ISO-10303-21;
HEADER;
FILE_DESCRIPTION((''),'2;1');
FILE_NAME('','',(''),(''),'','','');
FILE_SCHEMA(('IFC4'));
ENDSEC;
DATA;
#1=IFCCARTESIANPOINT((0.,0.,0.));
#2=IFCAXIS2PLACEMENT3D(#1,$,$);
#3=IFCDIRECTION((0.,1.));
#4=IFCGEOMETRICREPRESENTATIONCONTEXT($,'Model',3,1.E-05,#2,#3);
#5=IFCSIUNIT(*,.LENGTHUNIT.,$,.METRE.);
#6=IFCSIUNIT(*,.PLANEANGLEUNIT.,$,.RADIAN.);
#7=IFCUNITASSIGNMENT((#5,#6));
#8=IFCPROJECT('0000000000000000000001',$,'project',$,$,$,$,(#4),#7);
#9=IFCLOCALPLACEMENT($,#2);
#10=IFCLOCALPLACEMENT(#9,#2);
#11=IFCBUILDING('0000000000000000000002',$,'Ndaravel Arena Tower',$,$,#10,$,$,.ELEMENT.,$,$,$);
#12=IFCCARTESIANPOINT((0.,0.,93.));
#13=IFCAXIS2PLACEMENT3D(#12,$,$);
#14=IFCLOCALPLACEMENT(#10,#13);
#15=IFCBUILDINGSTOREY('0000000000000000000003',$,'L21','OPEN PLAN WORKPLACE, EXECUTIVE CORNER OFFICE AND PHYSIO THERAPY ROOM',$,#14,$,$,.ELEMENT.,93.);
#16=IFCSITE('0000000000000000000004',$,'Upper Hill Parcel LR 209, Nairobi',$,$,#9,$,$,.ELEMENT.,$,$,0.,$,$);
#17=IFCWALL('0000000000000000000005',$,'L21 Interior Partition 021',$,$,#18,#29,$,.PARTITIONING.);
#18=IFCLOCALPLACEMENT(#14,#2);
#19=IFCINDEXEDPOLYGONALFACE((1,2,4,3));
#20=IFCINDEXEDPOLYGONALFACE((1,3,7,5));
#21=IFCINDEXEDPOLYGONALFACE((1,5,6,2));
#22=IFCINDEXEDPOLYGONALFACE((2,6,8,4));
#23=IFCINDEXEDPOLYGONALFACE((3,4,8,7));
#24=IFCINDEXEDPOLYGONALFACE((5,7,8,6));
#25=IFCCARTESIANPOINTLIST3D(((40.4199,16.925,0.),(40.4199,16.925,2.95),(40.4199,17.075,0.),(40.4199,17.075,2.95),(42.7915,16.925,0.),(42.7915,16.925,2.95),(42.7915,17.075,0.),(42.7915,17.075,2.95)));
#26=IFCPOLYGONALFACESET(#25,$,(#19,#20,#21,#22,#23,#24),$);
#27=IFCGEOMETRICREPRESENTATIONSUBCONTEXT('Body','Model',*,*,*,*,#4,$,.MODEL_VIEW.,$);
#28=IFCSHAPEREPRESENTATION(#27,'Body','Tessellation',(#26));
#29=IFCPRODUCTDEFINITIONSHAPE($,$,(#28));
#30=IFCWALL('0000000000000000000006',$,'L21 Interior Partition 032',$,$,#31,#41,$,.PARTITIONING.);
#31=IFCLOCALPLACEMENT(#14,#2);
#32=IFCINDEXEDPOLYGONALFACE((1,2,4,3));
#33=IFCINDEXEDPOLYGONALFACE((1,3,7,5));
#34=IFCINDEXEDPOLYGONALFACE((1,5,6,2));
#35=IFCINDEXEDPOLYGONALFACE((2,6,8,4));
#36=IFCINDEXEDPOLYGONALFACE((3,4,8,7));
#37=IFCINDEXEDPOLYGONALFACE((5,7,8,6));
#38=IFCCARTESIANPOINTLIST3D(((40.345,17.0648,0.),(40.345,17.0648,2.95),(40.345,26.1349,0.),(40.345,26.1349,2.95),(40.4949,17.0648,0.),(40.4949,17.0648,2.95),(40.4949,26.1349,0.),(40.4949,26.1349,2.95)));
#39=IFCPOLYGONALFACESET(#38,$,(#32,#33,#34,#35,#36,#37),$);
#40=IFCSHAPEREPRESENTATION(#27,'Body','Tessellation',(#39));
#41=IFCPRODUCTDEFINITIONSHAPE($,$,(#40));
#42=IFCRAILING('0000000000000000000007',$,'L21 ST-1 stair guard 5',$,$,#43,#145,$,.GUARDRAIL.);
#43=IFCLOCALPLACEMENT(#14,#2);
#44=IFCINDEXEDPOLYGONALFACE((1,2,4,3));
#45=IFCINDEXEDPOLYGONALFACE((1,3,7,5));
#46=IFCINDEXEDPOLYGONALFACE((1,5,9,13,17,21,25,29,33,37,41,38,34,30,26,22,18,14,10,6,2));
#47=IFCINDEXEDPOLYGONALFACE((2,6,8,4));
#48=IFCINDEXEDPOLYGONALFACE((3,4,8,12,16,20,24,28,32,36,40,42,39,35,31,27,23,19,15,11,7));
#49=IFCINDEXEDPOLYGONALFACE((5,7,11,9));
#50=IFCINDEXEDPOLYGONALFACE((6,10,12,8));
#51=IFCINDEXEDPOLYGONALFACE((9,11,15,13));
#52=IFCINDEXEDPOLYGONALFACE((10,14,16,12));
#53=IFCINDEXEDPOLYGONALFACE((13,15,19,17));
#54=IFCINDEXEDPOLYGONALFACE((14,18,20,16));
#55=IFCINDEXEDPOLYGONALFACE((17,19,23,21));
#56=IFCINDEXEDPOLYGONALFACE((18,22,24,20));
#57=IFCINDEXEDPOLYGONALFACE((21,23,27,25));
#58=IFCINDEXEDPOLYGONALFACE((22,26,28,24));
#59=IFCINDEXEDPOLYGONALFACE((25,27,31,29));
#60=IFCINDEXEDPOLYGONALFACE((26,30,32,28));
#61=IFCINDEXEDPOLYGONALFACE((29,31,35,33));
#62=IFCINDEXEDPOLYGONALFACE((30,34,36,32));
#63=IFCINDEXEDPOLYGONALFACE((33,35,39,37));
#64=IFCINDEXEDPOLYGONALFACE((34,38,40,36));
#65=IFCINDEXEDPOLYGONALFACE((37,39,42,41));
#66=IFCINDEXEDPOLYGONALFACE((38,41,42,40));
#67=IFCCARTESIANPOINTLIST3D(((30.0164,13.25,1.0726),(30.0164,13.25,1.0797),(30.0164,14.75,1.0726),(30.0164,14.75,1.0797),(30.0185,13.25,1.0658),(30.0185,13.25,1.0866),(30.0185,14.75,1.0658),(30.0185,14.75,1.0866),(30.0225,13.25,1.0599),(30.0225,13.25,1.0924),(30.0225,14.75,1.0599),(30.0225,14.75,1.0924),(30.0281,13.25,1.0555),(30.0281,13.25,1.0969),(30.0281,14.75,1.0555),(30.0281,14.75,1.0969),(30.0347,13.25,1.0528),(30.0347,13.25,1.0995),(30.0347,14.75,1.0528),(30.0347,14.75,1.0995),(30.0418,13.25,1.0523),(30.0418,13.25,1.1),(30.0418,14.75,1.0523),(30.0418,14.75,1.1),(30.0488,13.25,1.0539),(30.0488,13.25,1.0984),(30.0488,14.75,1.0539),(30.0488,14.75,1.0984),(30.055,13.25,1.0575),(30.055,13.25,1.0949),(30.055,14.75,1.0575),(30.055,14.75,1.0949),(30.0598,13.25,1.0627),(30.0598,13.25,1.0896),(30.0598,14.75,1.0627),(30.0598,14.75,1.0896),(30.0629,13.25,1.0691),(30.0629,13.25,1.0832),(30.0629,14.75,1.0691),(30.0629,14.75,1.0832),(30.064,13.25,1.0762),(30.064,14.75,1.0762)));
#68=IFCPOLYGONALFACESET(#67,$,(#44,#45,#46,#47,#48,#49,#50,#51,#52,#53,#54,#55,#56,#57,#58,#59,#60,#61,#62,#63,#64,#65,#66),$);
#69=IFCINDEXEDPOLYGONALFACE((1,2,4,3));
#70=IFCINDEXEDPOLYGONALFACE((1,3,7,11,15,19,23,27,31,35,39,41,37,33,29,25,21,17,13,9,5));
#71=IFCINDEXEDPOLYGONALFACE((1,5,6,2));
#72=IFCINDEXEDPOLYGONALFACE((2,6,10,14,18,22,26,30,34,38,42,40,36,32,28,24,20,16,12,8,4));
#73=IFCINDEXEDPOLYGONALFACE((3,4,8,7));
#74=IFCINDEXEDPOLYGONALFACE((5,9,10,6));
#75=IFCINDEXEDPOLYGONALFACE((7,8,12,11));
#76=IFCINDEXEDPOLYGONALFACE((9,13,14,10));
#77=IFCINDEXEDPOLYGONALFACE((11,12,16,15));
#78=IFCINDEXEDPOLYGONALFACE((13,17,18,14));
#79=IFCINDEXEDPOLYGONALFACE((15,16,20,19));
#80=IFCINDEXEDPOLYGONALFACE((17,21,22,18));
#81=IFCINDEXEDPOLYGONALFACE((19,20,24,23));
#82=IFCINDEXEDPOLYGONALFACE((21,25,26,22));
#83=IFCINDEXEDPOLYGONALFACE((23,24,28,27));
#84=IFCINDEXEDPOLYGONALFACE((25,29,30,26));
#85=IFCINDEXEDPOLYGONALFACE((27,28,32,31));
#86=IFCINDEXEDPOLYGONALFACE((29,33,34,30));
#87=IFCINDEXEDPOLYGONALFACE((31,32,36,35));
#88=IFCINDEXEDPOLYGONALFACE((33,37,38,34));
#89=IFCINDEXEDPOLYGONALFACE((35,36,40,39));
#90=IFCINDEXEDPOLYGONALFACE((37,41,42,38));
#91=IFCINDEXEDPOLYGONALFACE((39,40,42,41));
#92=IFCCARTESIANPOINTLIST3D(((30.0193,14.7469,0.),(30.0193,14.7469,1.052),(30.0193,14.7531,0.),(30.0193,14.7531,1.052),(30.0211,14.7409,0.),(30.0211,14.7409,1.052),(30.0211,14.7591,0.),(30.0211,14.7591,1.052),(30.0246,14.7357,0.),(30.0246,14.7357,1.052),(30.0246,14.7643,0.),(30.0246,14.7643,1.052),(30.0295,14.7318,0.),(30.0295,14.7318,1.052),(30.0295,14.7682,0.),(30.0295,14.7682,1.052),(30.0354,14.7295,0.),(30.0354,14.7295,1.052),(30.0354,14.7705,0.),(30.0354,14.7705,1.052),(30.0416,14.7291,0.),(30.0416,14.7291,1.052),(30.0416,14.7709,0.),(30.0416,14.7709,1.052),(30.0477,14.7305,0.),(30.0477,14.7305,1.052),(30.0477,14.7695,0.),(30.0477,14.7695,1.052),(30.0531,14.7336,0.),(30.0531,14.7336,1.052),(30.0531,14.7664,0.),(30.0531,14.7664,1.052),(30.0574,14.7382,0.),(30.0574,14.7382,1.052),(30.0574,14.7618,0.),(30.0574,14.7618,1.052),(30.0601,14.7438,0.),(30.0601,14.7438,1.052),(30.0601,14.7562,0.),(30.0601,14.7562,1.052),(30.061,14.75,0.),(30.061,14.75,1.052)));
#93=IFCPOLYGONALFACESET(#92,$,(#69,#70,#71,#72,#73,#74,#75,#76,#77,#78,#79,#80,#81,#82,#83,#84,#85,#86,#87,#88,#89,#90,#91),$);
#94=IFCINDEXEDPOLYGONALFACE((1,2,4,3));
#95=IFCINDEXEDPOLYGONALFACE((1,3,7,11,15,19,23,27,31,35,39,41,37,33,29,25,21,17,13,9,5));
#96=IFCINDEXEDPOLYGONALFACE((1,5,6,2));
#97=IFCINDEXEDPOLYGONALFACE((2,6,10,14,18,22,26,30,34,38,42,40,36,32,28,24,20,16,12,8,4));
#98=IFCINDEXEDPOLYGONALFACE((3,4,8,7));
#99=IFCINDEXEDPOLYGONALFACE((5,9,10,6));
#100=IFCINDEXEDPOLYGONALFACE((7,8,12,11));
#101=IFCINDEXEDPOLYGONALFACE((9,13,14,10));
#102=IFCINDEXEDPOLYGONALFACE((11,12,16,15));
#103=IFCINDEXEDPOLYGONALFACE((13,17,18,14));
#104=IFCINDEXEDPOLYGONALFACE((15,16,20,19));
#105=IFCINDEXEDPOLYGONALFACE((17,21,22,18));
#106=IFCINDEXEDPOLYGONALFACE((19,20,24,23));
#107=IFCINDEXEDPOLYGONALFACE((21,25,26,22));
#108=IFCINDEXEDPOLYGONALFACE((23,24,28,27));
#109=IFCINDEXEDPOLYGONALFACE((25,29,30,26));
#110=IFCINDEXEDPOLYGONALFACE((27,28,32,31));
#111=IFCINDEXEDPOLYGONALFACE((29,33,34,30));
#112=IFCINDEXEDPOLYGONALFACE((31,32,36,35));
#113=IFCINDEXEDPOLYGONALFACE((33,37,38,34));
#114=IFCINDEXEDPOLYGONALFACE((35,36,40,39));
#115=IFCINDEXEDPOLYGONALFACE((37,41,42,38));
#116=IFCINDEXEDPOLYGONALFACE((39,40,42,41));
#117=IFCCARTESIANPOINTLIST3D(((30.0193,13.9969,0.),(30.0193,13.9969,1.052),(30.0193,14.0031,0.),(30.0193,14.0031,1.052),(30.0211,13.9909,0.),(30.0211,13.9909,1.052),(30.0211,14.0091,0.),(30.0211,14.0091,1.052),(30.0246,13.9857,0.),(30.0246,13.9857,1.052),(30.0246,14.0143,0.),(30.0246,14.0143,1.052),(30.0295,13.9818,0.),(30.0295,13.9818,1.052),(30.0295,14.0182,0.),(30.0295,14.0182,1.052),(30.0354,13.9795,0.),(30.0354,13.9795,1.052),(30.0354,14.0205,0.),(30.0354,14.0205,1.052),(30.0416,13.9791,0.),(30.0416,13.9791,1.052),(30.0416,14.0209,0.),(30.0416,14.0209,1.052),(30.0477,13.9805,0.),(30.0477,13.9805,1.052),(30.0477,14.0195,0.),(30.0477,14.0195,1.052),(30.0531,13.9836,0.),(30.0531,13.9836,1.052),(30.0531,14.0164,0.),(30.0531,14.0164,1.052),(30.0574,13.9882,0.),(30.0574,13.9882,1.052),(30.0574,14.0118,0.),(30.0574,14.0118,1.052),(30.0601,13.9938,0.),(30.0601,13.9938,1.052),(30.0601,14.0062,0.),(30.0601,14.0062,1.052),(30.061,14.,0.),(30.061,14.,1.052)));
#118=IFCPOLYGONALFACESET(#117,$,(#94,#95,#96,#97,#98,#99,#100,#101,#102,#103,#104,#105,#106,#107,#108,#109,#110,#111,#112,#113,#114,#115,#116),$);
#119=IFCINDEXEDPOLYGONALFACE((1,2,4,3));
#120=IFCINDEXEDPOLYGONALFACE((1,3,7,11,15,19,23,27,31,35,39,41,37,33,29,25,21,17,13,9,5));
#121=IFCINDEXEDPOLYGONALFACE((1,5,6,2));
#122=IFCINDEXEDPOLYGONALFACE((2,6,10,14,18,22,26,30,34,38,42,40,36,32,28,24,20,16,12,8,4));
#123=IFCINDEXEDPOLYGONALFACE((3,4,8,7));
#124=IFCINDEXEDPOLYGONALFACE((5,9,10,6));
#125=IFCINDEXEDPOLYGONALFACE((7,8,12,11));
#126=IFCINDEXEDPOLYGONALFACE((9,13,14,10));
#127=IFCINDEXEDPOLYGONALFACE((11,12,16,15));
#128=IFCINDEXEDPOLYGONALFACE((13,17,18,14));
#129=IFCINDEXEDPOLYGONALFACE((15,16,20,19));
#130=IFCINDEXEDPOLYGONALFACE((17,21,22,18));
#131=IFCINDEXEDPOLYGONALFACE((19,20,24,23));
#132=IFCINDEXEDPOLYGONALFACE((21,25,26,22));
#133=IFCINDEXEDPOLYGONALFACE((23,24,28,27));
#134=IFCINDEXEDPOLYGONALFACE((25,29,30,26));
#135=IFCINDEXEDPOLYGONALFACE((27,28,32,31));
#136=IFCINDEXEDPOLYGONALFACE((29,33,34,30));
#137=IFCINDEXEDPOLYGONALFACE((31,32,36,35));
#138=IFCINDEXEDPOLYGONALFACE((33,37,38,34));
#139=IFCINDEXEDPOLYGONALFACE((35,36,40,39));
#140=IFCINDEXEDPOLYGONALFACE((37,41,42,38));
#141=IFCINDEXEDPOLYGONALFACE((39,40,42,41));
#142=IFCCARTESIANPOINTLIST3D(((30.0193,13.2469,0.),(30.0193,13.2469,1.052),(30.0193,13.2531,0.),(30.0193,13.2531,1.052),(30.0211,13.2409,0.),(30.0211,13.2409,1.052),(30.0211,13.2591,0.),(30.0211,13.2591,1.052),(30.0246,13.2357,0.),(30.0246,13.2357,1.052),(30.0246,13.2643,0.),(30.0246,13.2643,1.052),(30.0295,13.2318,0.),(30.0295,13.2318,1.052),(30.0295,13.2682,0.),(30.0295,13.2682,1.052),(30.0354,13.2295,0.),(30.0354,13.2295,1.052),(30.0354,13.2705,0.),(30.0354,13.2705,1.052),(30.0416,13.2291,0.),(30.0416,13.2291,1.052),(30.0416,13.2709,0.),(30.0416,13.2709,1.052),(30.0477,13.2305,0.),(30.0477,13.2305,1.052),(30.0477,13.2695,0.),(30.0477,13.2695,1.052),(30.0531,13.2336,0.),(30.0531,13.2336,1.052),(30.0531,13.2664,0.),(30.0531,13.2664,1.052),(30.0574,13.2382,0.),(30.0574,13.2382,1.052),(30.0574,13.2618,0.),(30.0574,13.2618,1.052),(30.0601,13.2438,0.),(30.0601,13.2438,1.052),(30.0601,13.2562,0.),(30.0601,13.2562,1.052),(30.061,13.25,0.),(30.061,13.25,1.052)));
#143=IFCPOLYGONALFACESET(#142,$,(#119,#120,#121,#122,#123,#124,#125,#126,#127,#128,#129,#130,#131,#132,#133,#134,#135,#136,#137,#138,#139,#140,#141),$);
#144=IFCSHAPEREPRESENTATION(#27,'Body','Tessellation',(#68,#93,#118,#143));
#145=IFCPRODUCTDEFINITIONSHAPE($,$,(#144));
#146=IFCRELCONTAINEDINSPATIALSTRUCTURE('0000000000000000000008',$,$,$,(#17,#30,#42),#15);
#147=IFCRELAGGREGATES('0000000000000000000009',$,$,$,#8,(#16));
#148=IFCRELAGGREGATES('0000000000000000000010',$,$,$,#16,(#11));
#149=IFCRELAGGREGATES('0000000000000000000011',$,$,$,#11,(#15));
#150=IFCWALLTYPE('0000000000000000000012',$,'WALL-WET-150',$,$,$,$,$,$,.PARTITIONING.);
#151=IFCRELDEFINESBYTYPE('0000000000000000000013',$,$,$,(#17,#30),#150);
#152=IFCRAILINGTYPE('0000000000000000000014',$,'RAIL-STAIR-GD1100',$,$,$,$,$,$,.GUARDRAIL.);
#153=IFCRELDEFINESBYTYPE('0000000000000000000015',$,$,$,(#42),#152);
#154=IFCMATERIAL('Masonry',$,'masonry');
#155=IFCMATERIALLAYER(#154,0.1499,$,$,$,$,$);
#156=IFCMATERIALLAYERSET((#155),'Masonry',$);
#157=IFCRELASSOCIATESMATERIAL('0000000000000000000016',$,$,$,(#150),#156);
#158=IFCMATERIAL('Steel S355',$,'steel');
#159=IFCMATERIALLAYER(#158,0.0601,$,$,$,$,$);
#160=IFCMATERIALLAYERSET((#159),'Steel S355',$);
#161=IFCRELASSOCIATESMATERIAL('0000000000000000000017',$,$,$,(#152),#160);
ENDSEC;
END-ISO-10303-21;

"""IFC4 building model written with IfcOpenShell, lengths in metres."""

from ifc_helpers import new_model, si_unit, direction, frame, frame_2d, origin, origin_2d, place, context, subcontext, project, spatial, rectangle, circle, extrude, material, layer, layer_set, type_object, element, save


model = new_model("IFC4")

# Units and contexts
model_context = context("Model", 3, precision=1e-05, world=origin(), true_north=direction((0.0, 1.0)))
body_context = subcontext(model_context, "Body", "Model", "MODEL_VIEW")
ifc_project = project(units=[si_unit("LENGTHUNIT", "METRE"), si_unit("PLANEANGLEUNIT", "RADIAN")], contexts=[model_context])

# Site, building, storey
site_placement = place(None, origin())
site = spatial("IfcSite", under=ifc_project, at=site_placement, Name="Upper Hill Parcel LR 209, Nairobi", CompositionType="ELEMENT", RefElevation=0.0)
building_placement = place(site_placement, origin())
building = spatial("IfcBuilding", under=site, at=building_placement, Name="Ndaravel Arena Tower", CompositionType="ELEMENT")
storey_placement = place(building_placement, frame((0.0, 0.0, 93.0)))
storey = spatial("IfcBuildingStorey", under=building, at=storey_placement, Name="L21", Description="OPEN PLAN WORKPLACE, EXECUTIVE CORNER OFFICE AND PHYSIO THERAPY ROOM", CompositionType="ELEMENT", Elevation=93.0)

# Walls
ifc_material_1 = material(Name="Masonry", Category="masonry")
ifc_layer_1 = layer(ifc_material_1, 0.1499)
ifc_layer_set_1 = layer_set([ifc_layer_1], Name="Masonry")
wall_type_1 = type_object("IfcWallType", Name="WALL-WET-150", PredefinedType="PARTITIONING", material=ifc_layer_set_1)
wall_1_placement = place(storey_placement, frame((40.4199, 17.0, 0.0), z_axis=(0.0, 0.0, 1.0), x_axis=(1.0, 0.0, 0.0)))
element("IfcWall", 1, at=wall_1_placement, inside=storey, type_object=wall_type_1, Name="L21 Interior Partition 021", PredefinedType="PARTITIONING", context=body_context, shape_type="SweptSolid", body=[
    extrude(rectangle(XDim=2.3716, YDim=0.1499, at=frame_2d((1.1858, 0.0))), origin(), (0.0, 0.0, 1.0), 2.95),
])
wall_2_placement = place(storey_placement, frame((40.4199, 26.135, 0.0), z_axis=(0.0, 0.0, 1.0), x_axis=(0.0, -1.0, 0.0)))
element("IfcWall", 2, at=wall_2_placement, inside=storey, type_object=wall_type_1, Name="L21 Interior Partition 032", PredefinedType="PARTITIONING", context=body_context, shape_type="SweptSolid", body=[
    extrude(rectangle(XDim=9.0701, YDim=0.1499, at=frame_2d((4.5352, 0.0))), origin(), (0.0, 0.0, 1.0), 2.95),
])

# Railing
ifc_material_2 = material(Name="Steel S355", Category="steel")
ifc_layer_2 = layer(ifc_material_2, 0.0601)
ifc_layer_set_2 = layer_set([ifc_layer_2], Name="Steel S355")
railing_type = type_object("IfcRailingType", Name="RAIL-STAIR-GD1100", PredefinedType="GUARDRAIL", material=ifc_layer_set_2)
railing_placement = place(storey_placement, frame((30.04, 14.75, 0.0)))
element("IfcRailing", 3, at=railing_placement, inside=storey, type_object=railing_type, Name="L21 ST-1 stair guard 5", PredefinedType="GUARDRAIL", context=body_context, shape_type="SweptSolid", body=[
    extrude(circle(Radius=0.0239, at=origin_2d()), frame((0.0, 0.0, 1.0762), z_axis=(0.0, -1.0, 0.0), x_axis=(1.0, 0.0, 0.0)), (0.0, 0.0, 1.0), 1.5),
    extrude(circle(Radius=0.021, at=origin_2d()), origin(), (0.0, 0.0, 1.0), 1.052),
    extrude(circle(Radius=0.021, at=origin_2d()), frame((0.0, -0.75, 0.0)), (0.0, 0.0, 1.0), 1.052),
    extrude(circle(Radius=0.021, at=origin_2d()), frame((0.0, -1.5, 0.0)), (0.0, 0.0, 1.0), 1.052),
])

save(model, "model.ifc")
